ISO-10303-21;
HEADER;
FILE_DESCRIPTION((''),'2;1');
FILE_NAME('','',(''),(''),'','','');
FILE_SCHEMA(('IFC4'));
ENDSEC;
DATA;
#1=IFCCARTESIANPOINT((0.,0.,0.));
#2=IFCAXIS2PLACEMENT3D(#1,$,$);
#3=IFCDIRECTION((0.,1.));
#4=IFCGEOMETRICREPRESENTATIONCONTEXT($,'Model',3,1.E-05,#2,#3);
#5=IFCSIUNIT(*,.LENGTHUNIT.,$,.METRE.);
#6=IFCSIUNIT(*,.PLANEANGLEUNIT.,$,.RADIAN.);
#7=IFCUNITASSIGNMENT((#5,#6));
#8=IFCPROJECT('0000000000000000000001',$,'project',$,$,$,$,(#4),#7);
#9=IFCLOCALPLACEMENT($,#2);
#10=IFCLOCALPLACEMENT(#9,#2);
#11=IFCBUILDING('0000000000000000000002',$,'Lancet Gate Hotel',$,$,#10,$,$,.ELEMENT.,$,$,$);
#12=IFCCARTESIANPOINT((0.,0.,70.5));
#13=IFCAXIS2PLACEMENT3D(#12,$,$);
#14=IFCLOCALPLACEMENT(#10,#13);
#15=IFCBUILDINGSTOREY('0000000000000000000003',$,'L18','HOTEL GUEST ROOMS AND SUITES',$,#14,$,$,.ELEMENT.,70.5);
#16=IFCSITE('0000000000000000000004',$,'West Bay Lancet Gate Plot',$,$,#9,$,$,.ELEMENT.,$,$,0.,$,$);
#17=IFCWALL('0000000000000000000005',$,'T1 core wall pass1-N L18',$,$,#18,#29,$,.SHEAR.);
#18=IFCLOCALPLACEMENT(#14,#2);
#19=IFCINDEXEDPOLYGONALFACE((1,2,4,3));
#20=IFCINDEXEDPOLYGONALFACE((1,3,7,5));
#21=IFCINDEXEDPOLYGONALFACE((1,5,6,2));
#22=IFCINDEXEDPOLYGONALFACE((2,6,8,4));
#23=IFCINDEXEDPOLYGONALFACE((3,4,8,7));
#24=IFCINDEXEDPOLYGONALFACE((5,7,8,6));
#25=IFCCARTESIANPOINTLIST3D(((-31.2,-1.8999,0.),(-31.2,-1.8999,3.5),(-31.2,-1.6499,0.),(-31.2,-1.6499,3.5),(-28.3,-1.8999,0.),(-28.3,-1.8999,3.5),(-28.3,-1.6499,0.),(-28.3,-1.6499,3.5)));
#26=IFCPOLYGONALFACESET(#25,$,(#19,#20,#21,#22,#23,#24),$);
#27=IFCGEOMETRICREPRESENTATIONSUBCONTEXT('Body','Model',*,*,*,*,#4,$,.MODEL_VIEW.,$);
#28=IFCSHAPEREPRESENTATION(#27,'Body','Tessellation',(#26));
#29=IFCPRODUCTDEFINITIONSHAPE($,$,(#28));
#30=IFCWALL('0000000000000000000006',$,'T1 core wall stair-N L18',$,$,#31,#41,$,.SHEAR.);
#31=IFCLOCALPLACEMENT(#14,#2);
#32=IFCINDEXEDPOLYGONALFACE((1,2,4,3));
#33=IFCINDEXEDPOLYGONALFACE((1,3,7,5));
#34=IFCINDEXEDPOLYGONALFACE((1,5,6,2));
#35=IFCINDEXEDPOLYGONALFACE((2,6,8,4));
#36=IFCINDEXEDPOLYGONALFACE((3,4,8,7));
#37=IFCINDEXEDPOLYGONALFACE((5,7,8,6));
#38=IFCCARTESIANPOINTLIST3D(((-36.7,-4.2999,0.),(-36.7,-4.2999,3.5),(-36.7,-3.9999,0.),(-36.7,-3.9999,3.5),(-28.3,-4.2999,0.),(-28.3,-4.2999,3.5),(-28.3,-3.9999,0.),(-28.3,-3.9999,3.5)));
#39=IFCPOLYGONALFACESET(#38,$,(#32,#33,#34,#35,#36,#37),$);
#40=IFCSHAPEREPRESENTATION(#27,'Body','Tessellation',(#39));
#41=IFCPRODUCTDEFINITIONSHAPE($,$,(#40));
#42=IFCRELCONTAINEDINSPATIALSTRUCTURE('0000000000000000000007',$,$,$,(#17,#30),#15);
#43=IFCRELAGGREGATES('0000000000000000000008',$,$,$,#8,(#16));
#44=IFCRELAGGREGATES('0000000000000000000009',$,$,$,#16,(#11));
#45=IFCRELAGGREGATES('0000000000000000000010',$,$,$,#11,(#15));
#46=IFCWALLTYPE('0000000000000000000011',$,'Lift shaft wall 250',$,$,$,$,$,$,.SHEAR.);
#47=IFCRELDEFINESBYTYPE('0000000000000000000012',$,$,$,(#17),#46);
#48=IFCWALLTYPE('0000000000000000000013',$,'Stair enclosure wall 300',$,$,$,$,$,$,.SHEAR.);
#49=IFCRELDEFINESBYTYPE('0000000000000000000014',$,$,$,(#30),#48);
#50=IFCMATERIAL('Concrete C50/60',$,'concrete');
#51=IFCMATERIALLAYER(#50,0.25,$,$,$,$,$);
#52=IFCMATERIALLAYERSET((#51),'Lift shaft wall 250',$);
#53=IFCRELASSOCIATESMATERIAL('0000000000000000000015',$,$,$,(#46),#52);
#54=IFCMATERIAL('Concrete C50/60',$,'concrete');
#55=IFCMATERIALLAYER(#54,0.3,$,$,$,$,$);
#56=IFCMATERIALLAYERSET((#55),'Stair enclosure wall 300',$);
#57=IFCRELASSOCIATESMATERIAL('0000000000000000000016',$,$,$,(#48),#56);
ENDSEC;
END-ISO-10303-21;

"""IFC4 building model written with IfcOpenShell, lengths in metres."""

from ifc_helpers import new_model, si_unit, direction, frame, frame_2d, origin, place, context, subcontext, project, spatial, rectangle, extrude, material, layer, layer_set, type_object, element, save


model = new_model("IFC4")

# Units and contexts
model_context = context("Model", 3, precision=1e-05, world=origin(), true_north=direction((0.0, 1.0)))
body_context = subcontext(model_context, "Body", "Model", "MODEL_VIEW")
ifc_project = project(units=[si_unit("LENGTHUNIT", "METRE"), si_unit("PLANEANGLEUNIT", "RADIAN")], contexts=[model_context])

# Site, building, storey
site_placement = place(None, origin())
site = spatial("IfcSite", under=ifc_project, at=site_placement, Name="West Bay Lancet Gate Plot", CompositionType="ELEMENT", RefElevation=0.0)
building_placement = place(site_placement, origin())
building = spatial("IfcBuilding", under=site, at=building_placement, Name="Lancet Gate Hotel", CompositionType="ELEMENT")
storey_placement = place(building_placement, frame((0.0, 0.0, 70.5)))
storey = spatial("IfcBuildingStorey", under=building, at=storey_placement, Name="L18", Description="HOTEL GUEST ROOMS AND SUITES", CompositionType="ELEMENT", Elevation=70.5)

# Walls
ifc_material_1 = material(Name="Concrete C50/60", Category="concrete")
ifc_layer_1 = layer(ifc_material_1, 0.25)
ifc_layer_set_1 = layer_set([ifc_layer_1], Name="Lift shaft wall 250")
wall_type_1 = type_object("IfcWallType", Name="Lift shaft wall 250", PredefinedType="SHEAR", material=ifc_layer_set_1)
wall_1_placement = place(storey_placement, frame((-28.3, -1.7749, 0.0), z_axis=(0.0, 0.0, 1.0), x_axis=(-1.0, 0.0, 0.0)))
element("IfcWall", 1, at=wall_1_placement, inside=storey, type_object=wall_type_1, Name="T1 core wall pass1-N L18", PredefinedType="SHEAR", context=body_context, shape_type="SweptSolid", body=[
    extrude(rectangle(XDim=2.8999, YDim=0.25, at=frame_2d((1.45, 0.0))), origin(), (0.0, 0.0, 1.0), 3.5),
])
ifc_material_2 = material(Name="Concrete C50/60", Category="concrete")
ifc_layer_2 = layer(ifc_material_2, 0.3)
ifc_layer_set_2 = layer_set([ifc_layer_2], Name="Stair enclosure wall 300")
wall_type_2 = type_object("IfcWallType", Name="Stair enclosure wall 300", PredefinedType="SHEAR", material=ifc_layer_set_2)
wall_2_placement = place(storey_placement, frame((-28.3, -4.1499, 0.0), z_axis=(0.0, 0.0, 1.0), x_axis=(-1.0, 0.0, 0.0)))
element("IfcWall", 2, at=wall_2_placement, inside=storey, type_object=wall_type_2, Name="T1 core wall stair-N L18", PredefinedType="SHEAR", context=body_context, shape_type="SweptSolid", body=[
    extrude(rectangle(XDim=8.3999, YDim=0.3, at=frame_2d((4.2, 0.0))), origin(), (0.0, 0.0, 1.0), 3.5),
])

save(model, "model.ifc")
